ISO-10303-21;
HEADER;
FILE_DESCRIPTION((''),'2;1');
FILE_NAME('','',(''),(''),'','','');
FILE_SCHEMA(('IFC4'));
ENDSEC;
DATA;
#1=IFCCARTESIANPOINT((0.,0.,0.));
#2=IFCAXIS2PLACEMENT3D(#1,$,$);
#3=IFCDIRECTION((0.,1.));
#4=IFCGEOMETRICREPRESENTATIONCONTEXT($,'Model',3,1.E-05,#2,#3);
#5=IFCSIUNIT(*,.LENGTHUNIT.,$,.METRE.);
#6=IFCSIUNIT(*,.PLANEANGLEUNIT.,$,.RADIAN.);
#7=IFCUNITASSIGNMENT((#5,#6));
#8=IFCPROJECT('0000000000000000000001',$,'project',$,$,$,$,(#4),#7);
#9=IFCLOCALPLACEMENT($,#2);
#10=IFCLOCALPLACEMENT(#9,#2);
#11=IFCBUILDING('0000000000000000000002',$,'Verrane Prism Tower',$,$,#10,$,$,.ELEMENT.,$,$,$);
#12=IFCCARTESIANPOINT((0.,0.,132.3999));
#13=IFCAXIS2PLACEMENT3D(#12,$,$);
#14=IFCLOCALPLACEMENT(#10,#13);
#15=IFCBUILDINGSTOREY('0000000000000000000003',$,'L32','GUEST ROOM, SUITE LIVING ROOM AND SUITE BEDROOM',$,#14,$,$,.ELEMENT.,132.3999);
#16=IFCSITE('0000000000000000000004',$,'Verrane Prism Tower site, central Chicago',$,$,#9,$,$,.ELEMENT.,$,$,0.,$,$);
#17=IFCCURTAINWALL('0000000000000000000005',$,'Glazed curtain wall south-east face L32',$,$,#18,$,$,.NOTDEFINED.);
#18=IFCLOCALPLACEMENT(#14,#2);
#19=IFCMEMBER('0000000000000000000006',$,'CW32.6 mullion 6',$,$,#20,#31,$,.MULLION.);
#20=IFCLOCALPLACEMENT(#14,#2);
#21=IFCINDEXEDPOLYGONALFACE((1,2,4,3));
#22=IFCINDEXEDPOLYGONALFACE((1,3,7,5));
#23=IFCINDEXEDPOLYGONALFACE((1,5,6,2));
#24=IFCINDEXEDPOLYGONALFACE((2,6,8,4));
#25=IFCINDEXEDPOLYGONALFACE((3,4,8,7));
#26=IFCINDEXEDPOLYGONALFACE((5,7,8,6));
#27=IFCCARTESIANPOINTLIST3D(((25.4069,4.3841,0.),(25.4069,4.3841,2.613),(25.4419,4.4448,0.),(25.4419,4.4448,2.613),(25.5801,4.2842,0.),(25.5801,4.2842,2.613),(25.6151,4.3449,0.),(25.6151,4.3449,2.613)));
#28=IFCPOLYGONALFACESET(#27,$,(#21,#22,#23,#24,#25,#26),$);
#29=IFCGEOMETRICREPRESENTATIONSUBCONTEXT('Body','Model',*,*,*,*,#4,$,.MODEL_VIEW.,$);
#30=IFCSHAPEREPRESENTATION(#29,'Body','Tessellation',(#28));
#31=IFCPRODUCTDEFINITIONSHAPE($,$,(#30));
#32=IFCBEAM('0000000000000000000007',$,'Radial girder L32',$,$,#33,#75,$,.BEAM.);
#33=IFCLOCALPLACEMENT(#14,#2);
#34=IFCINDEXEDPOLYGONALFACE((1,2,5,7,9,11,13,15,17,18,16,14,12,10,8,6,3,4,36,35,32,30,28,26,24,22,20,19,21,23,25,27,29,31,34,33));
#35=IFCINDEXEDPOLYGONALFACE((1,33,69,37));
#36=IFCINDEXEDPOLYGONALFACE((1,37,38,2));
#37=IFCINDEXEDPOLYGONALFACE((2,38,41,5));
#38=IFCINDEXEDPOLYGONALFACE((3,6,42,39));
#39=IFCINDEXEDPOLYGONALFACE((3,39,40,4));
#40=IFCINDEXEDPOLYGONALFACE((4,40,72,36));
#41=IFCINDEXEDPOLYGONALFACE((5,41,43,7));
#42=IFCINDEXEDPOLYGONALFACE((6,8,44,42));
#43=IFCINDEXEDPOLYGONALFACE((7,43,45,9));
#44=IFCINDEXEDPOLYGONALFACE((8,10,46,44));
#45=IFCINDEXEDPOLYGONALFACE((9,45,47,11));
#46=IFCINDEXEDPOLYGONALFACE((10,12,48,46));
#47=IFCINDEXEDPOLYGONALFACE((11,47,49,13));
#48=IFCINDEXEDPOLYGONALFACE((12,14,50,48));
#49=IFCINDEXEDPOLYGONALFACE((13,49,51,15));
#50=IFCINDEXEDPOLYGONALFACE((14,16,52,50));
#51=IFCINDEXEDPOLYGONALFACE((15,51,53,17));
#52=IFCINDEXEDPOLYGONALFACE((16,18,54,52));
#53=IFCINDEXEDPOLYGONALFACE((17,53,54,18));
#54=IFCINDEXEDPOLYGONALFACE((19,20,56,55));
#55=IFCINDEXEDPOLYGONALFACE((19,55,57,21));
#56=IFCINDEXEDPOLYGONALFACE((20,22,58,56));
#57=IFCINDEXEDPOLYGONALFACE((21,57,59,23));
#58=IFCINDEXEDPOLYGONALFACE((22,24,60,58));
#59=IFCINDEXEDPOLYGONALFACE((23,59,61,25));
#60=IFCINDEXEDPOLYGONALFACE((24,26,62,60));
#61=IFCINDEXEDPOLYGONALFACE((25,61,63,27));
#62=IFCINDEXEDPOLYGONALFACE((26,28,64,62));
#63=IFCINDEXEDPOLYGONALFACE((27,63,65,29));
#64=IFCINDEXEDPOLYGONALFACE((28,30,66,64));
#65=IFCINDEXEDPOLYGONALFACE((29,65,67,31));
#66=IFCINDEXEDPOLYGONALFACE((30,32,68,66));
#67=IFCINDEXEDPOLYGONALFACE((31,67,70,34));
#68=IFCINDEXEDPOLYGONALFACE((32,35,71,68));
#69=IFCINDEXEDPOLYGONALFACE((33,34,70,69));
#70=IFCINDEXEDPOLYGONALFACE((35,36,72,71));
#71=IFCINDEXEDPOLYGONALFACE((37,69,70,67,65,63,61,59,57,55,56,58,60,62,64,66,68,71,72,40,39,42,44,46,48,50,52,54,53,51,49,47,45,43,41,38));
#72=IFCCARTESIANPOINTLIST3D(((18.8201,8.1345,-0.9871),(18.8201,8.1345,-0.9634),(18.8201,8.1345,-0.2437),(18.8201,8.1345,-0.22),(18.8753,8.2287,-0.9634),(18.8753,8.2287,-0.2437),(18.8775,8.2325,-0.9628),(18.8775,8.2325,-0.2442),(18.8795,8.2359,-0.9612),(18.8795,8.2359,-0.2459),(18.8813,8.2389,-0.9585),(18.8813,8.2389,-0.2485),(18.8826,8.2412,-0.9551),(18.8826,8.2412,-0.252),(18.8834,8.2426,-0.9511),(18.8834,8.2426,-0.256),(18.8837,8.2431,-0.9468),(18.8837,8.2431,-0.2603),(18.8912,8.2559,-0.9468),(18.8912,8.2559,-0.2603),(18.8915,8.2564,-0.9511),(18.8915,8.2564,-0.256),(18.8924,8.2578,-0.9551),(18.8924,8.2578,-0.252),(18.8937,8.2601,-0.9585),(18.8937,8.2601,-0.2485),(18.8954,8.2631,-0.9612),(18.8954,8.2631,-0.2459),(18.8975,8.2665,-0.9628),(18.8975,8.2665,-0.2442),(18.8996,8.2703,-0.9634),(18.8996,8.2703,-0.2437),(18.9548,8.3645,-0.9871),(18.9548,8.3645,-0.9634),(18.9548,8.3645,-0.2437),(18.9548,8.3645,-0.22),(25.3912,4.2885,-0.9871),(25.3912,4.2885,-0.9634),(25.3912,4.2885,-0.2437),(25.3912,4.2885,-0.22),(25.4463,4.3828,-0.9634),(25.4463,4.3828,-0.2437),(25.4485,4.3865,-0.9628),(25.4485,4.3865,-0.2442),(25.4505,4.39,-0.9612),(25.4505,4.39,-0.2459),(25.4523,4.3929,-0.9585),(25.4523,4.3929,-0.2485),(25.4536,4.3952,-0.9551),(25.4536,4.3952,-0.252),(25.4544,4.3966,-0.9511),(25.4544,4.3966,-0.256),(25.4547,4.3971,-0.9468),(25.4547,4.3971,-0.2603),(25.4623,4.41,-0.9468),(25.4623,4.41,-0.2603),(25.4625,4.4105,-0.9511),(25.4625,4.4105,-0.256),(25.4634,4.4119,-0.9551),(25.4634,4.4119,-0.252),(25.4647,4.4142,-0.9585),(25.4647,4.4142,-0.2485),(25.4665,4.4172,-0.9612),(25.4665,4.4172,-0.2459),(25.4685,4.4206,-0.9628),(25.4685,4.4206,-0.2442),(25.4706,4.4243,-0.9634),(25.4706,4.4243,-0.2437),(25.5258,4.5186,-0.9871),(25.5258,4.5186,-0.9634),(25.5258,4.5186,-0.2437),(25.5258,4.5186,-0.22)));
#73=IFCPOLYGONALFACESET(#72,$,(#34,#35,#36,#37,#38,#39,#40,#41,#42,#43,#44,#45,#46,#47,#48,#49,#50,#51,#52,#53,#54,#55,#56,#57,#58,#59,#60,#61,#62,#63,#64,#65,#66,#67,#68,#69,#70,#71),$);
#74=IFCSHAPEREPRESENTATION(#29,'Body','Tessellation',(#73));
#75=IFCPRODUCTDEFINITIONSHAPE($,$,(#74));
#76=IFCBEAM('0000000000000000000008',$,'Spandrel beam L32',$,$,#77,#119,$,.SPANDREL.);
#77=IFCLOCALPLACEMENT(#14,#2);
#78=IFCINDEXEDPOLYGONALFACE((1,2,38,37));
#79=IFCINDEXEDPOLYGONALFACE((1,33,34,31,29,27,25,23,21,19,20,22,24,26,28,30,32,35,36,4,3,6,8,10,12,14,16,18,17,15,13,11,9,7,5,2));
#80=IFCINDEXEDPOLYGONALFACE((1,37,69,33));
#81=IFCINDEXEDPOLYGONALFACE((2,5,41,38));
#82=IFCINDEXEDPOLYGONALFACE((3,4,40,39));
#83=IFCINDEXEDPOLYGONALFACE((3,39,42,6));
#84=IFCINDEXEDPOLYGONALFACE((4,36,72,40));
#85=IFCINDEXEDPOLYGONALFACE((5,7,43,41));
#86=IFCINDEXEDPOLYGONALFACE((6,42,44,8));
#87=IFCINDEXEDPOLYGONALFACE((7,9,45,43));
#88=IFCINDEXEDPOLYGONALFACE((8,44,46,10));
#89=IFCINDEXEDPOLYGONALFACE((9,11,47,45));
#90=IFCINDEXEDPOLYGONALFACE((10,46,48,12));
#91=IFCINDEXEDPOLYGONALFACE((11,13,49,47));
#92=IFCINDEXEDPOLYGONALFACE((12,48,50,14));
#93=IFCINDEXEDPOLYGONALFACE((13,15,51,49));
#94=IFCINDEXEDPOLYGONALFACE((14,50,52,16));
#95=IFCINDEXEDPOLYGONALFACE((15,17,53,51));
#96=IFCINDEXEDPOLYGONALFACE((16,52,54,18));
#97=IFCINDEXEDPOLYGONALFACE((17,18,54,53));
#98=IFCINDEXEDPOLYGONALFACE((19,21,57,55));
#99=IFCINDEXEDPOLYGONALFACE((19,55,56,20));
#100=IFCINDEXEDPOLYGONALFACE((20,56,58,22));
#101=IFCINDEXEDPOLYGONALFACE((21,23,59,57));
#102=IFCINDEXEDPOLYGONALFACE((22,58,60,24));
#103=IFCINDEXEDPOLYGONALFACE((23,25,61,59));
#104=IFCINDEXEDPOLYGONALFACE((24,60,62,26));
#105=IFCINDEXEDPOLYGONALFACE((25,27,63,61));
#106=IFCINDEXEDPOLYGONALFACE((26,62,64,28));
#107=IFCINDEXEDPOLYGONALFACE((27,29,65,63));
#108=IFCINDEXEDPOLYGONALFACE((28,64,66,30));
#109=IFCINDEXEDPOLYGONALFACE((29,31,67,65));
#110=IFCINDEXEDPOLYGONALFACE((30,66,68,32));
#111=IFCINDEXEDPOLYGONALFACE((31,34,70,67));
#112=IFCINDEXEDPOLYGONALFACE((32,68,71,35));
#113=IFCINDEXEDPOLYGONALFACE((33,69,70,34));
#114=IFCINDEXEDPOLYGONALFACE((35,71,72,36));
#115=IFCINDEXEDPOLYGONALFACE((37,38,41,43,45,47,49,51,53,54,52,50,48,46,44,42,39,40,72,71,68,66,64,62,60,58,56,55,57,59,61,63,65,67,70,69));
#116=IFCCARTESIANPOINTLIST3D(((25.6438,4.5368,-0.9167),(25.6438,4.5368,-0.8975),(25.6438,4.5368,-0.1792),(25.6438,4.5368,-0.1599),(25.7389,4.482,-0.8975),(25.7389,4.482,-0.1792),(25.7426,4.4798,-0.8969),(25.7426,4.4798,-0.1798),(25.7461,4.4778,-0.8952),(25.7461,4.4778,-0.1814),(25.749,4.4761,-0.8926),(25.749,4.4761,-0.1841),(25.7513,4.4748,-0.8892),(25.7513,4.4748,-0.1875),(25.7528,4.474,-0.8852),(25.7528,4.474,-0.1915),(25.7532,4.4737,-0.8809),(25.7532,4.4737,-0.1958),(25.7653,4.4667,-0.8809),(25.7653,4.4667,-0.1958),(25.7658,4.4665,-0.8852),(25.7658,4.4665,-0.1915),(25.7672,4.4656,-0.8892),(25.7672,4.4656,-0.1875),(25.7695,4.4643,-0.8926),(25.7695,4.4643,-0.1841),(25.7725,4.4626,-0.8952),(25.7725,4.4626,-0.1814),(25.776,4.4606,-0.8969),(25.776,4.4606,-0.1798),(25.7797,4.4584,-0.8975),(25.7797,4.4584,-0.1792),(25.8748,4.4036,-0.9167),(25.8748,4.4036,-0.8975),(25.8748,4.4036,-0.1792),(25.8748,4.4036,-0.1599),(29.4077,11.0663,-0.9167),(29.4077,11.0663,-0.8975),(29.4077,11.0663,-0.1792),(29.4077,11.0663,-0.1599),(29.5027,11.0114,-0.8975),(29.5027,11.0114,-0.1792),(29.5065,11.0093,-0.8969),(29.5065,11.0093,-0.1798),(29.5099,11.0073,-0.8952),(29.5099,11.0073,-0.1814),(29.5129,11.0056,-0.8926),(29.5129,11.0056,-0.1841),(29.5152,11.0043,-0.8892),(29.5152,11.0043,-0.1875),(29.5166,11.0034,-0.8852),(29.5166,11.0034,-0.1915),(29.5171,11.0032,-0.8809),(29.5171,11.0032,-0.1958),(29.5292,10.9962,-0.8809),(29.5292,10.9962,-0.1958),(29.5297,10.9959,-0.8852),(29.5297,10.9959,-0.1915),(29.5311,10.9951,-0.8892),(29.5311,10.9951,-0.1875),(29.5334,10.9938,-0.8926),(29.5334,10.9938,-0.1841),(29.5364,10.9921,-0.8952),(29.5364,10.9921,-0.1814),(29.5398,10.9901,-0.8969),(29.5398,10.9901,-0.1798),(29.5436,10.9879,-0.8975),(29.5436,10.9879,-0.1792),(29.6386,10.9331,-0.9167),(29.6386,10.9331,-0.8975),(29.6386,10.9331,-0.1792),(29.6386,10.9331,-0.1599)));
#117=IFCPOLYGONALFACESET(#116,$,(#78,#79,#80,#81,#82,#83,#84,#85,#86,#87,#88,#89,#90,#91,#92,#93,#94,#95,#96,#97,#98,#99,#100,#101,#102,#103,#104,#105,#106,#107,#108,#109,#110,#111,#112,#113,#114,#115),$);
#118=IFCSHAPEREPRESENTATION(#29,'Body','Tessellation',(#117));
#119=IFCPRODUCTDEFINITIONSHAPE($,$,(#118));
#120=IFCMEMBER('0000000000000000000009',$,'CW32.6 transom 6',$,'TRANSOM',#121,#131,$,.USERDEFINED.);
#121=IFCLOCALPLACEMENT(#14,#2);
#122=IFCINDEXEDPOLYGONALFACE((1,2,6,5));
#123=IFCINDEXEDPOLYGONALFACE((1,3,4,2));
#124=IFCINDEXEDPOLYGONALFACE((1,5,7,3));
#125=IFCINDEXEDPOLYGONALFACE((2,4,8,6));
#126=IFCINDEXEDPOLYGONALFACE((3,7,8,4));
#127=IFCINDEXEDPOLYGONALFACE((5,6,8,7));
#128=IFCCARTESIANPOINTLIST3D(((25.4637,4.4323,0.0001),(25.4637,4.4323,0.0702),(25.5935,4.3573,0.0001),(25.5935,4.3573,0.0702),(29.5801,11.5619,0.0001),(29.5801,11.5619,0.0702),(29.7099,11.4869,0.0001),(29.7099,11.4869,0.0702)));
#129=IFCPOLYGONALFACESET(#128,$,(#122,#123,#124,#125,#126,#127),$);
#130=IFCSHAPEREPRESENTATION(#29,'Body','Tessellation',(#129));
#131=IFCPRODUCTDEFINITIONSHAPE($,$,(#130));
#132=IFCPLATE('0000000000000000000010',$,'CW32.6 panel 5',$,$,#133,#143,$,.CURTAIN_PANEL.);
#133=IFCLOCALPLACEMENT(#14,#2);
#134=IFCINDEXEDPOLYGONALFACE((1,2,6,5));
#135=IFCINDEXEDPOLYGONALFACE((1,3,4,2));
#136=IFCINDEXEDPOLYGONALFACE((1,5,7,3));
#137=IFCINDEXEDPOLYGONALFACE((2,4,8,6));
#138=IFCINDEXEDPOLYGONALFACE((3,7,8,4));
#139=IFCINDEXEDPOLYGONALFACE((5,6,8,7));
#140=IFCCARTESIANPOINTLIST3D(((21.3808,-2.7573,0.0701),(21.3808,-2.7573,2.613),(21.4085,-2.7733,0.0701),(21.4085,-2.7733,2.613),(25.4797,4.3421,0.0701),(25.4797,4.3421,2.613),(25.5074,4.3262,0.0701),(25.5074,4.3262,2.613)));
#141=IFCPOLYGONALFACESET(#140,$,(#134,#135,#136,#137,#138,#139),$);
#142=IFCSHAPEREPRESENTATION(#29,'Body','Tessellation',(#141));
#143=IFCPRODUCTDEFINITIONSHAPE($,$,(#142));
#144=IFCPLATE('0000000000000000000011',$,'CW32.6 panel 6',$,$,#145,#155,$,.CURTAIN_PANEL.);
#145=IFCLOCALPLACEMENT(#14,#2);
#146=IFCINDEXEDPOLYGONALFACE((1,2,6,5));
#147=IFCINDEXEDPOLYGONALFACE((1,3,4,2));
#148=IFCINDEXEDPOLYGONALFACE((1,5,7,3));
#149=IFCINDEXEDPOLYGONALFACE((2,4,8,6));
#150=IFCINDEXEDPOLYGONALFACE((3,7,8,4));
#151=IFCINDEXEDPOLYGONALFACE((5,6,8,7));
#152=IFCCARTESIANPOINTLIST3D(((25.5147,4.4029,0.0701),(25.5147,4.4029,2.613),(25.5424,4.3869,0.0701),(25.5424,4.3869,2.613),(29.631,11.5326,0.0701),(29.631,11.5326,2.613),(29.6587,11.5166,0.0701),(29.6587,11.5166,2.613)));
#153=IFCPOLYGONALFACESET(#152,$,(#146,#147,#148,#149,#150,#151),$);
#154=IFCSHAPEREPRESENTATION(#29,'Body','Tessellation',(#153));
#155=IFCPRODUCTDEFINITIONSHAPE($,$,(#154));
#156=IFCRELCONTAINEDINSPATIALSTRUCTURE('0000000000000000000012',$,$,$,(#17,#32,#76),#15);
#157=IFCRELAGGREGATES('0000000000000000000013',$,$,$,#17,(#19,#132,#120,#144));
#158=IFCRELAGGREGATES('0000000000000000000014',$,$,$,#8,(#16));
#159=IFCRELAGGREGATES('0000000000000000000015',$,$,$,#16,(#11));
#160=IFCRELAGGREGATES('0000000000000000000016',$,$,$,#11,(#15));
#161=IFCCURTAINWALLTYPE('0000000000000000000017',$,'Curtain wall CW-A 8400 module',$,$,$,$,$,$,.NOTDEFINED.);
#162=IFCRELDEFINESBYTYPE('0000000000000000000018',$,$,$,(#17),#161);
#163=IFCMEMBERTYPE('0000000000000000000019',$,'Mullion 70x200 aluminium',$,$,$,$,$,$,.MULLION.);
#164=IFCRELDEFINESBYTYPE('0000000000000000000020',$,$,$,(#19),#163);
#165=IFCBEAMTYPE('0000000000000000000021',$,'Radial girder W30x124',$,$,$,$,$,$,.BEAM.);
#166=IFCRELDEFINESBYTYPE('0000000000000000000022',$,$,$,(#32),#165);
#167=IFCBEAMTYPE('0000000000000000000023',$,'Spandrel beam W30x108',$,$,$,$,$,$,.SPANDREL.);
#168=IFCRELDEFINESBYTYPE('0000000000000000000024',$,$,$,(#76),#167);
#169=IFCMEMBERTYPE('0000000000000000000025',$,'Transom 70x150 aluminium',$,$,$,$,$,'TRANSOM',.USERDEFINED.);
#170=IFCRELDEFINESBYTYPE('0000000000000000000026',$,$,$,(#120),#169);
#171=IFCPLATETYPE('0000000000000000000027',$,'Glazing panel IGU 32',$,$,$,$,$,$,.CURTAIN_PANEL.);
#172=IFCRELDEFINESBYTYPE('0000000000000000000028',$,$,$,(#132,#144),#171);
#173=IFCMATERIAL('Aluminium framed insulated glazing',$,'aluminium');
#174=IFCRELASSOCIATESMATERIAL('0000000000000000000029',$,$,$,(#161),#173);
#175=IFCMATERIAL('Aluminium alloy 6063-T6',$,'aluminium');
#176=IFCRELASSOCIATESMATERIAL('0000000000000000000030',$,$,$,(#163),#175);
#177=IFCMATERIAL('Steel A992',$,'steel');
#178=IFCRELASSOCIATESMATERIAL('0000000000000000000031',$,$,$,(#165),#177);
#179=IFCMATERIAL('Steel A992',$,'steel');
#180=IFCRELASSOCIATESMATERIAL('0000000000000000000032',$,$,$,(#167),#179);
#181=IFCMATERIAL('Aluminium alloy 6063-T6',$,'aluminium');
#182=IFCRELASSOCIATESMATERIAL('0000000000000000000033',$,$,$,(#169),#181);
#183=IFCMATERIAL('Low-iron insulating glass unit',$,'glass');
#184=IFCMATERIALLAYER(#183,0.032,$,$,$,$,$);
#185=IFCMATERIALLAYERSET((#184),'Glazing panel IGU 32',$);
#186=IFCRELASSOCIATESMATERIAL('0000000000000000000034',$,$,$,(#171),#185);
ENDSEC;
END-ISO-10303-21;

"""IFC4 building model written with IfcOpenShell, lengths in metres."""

from ifc_helpers import new_model, si_unit, direction, frame, origin, origin_2d, place, context, subcontext, project, spatial, rectangle, i_section, extrude, material, layer, layer_set, material_profile, profile_set, type_object, element, aggregate, save


model = new_model("IFC4")

# Units and contexts
model_context = context("Model", 3, precision=1e-05, world=origin(), true_north=direction((0.0, 1.0)))
body_context = subcontext(model_context, "Body", "Model", "MODEL_VIEW")
ifc_project = project(units=[si_unit("LENGTHUNIT", "METRE"), si_unit("PLANEANGLEUNIT", "RADIAN")], contexts=[model_context])

# Site, building, storey
site_placement = place(None, origin())
site = spatial("IfcSite", under=ifc_project, at=site_placement, Name="Verrane Prism Tower site, central Chicago", CompositionType="ELEMENT", RefElevation=0.0)
building_placement = place(site_placement, origin())
building = spatial("IfcBuilding", under=site, at=building_placement, Name="Verrane Prism Tower", CompositionType="ELEMENT")
storey_placement = place(building_placement, frame((0.0, 0.0, 132.3999)))
storey = spatial("IfcBuildingStorey", under=building, at=storey_placement, Name="L32", Description="GUEST ROOM, SUITE LIVING ROOM AND SUITE BEDROOM", CompositionType="ELEMENT", Elevation=132.3999)

# Curtain wall, member
ifc_material_1 = material(Name="Aluminium framed insulated glazing", Category="aluminium")
curtain_wall_type = type_object("IfcCurtainWallType", Name="Curtain wall CW-A 8400 module", PredefinedType="NOTDEFINED", material=ifc_material_1)
curtain_wall_placement = place(storey_placement, origin())
curtain_wall = element("IfcCurtainWall", 1, at=curtain_wall_placement, inside=storey, type_object=curtain_wall_type, Name="Glazed curtain wall south-east face L32", PredefinedType="NOTDEFINED")
ifc_material_2 = material(Name="Aluminium alloy 6063-T6", Category="aluminium")
ifc_material_profile_1 = material_profile(ifc_material_2, rectangle(XDim=0.2, YDim=0.0701, at=origin_2d()), Name="Mullion 70x200 aluminium")
ifc_profile_set_1 = profile_set([ifc_material_profile_1], Name="Aluminium alloy 6063-T6")
member_type_1 = type_object("IfcMemberType", Name="Mullion 70x200 aluminium", PredefinedType="MULLION", material=ifc_profile_set_1)
member_1_placement = place(storey_placement, frame((25.511, 4.3645, 0.0), z_axis=(0.0, 0.0, 1.0), x_axis=(-0.866025, 0.5, 0.0)))
member_1 = element("IfcMember", 2, at=member_1_placement, type_object=member_type_1, Name="CW32.6 mullion 6", PredefinedType="MULLION", context=body_context, shape_type="SweptSolid", body=[
    extrude(rectangle(XDim=0.2, YDim=0.0701, at=origin_2d()), origin(), (0.0, 0.0, 1.0), 2.613),
])

# Beams
ifc_material_3 = material(Name="Steel A992", Category="steel")
ifc_material_profile_2 = material_profile(ifc_material_3, i_section(OverallWidth=0.2666, OverallDepth=0.7671, WebThickness=0.0149, FlangeThickness=0.0237, FilletRadius=0.0166, at=origin_2d()), Name="W30x124")
ifc_profile_set_2 = profile_set([ifc_material_profile_2], Name="Steel A992")
beam_type_1 = type_object("IfcBeamType", Name="Radial girder W30x124", PredefinedType="BEAM", material=ifc_profile_set_2)
beam_1_placement = place(storey_placement, frame((25.4585, 4.4036, -0.6035), z_axis=(-0.863044, 0.505129, 0.0), x_axis=(-0.505129, -0.863044, 0.0)))
element("IfcBeam", 3, at=beam_1_placement, inside=storey, type_object=beam_type_1, Name="Radial girder L32", PredefinedType="BEAM", context=body_context, shape_type="SweptSolid", body=[
    extrude(i_section(OverallWidth=0.2666, OverallDepth=0.7671, WebThickness=0.0149, FlangeThickness=0.0237, FilletRadius=0.0166, at=origin_2d()), origin(), (0.0, 0.0, 1.0), 7.6138),
])
ifc_material_4 = material(Name="Steel A992", Category="steel")
ifc_material_profile_3 = material_profile(ifc_material_4, i_section(OverallWidth=0.2666, OverallDepth=0.7568, WebThickness=0.0139, FlangeThickness=0.0193, FilletRadius=0.0166, at=origin_2d()), Name="W30x108")
ifc_profile_set_3 = profile_set([ifc_material_profile_3], Name="Steel A992")
beam_type_2 = type_object("IfcBeamType", Name="Spandrel beam W30x108", PredefinedType="SPANDREL", material=ifc_profile_set_3)
beam_2_placement = place(storey_placement, frame((25.7593, 4.4702, -0.5383), z_axis=(0.499411, 0.866365, 0.0), x_axis=(-0.866365, 0.499411, 0.0)))
element("IfcBeam", 4, at=beam_2_placement, inside=storey, type_object=beam_type_2, Name="Spandrel beam L32", PredefinedType="SPANDREL", context=body_context, shape_type="SweptSolid", body=[
    extrude(i_section(OverallWidth=0.2666, OverallDepth=0.7568, WebThickness=0.0139, FlangeThickness=0.0193, FilletRadius=0.0166, at=origin_2d()), origin(), (0.0, 0.0, 1.0), 7.5366),
])

# Member
ifc_material_5 = material(Name="Aluminium alloy 6063-T6", Category="aluminium")
ifc_material_profile_4 = material_profile(ifc_material_5, rectangle(XDim=0.1499, YDim=0.0701, at=origin_2d()), Name="Transom 70x150 aluminium")
ifc_profile_set_4 = profile_set([ifc_material_profile_4], Name="Aluminium alloy 6063-T6")
member_type_2 = type_object("IfcMemberType", Name="Transom 70x150 aluminium", ElementType="TRANSOM", PredefinedType="USERDEFINED", material=ifc_profile_set_4)
member_2_placement = place(storey_placement, frame((25.5286, 4.3948, 0.0352), z_axis=(0.500014, 0.866017, 0.0), x_axis=(-0.866017, 0.500014, 0.0)))
member_2 = element("IfcMember", 5, at=member_2_placement, type_object=member_type_2, Name="CW32.6 transom 6", ObjectType="TRANSOM", PredefinedType="USERDEFINED", context=body_context, shape_type="SweptSolid", body=[
    extrude(rectangle(XDim=0.1499, YDim=0.0701, at=origin_2d()), origin(), (0.0, 0.0, 1.0), 8.2327),
])

# Plates
ifc_material_6 = material(Name="Low-iron insulating glass unit", Category="glass")
ifc_layer_1 = layer(ifc_material_6, 0.032)
ifc_layer_set_1 = layer_set([ifc_layer_1], Name="Glazing panel IGU 32")
plate_type = type_object("IfcPlateType", Name="Glazing panel IGU 32", PredefinedType="CURTAIN_PANEL", material=ifc_layer_set_1)
plate_1_placement = place(storey_placement, frame((23.4441, 0.7844, 0.0701), z_axis=(0.0, 0.0, 1.0), x_axis=(0.5, 0.866025, 0.0)))
plate_1 = element("IfcPlate", 6, at=plate_1_placement, type_object=plate_type, Name="CW32.6 panel 5", PredefinedType="CURTAIN_PANEL", context=body_context, shape_type="SweptSolid", body=[
    extrude(rectangle(XDim=8.1978, YDim=0.032, at=origin_2d()), origin(), (0.0, 0.0, 1.0), 2.543),
])
plate_2_placement = place(storey_placement, frame((27.5867, 7.9597, 0.0701), z_axis=(0.0, 0.0, 1.0), x_axis=(0.5, 0.866025, 0.0)))
plate_2 = element("IfcPlate", 7, at=plate_2_placement, type_object=plate_type, Name="CW32.6 panel 6", PredefinedType="CURTAIN_PANEL", context=body_context, shape_type="SweptSolid", body=[
    extrude(rectangle(XDim=8.2327, YDim=0.032, at=origin_2d()), origin(), (0.0, 0.0, 1.0), 2.543),
])
aggregate(curtain_wall, [member_1, plate_1, member_2, plate_2])

save(model, "model.ifc")
